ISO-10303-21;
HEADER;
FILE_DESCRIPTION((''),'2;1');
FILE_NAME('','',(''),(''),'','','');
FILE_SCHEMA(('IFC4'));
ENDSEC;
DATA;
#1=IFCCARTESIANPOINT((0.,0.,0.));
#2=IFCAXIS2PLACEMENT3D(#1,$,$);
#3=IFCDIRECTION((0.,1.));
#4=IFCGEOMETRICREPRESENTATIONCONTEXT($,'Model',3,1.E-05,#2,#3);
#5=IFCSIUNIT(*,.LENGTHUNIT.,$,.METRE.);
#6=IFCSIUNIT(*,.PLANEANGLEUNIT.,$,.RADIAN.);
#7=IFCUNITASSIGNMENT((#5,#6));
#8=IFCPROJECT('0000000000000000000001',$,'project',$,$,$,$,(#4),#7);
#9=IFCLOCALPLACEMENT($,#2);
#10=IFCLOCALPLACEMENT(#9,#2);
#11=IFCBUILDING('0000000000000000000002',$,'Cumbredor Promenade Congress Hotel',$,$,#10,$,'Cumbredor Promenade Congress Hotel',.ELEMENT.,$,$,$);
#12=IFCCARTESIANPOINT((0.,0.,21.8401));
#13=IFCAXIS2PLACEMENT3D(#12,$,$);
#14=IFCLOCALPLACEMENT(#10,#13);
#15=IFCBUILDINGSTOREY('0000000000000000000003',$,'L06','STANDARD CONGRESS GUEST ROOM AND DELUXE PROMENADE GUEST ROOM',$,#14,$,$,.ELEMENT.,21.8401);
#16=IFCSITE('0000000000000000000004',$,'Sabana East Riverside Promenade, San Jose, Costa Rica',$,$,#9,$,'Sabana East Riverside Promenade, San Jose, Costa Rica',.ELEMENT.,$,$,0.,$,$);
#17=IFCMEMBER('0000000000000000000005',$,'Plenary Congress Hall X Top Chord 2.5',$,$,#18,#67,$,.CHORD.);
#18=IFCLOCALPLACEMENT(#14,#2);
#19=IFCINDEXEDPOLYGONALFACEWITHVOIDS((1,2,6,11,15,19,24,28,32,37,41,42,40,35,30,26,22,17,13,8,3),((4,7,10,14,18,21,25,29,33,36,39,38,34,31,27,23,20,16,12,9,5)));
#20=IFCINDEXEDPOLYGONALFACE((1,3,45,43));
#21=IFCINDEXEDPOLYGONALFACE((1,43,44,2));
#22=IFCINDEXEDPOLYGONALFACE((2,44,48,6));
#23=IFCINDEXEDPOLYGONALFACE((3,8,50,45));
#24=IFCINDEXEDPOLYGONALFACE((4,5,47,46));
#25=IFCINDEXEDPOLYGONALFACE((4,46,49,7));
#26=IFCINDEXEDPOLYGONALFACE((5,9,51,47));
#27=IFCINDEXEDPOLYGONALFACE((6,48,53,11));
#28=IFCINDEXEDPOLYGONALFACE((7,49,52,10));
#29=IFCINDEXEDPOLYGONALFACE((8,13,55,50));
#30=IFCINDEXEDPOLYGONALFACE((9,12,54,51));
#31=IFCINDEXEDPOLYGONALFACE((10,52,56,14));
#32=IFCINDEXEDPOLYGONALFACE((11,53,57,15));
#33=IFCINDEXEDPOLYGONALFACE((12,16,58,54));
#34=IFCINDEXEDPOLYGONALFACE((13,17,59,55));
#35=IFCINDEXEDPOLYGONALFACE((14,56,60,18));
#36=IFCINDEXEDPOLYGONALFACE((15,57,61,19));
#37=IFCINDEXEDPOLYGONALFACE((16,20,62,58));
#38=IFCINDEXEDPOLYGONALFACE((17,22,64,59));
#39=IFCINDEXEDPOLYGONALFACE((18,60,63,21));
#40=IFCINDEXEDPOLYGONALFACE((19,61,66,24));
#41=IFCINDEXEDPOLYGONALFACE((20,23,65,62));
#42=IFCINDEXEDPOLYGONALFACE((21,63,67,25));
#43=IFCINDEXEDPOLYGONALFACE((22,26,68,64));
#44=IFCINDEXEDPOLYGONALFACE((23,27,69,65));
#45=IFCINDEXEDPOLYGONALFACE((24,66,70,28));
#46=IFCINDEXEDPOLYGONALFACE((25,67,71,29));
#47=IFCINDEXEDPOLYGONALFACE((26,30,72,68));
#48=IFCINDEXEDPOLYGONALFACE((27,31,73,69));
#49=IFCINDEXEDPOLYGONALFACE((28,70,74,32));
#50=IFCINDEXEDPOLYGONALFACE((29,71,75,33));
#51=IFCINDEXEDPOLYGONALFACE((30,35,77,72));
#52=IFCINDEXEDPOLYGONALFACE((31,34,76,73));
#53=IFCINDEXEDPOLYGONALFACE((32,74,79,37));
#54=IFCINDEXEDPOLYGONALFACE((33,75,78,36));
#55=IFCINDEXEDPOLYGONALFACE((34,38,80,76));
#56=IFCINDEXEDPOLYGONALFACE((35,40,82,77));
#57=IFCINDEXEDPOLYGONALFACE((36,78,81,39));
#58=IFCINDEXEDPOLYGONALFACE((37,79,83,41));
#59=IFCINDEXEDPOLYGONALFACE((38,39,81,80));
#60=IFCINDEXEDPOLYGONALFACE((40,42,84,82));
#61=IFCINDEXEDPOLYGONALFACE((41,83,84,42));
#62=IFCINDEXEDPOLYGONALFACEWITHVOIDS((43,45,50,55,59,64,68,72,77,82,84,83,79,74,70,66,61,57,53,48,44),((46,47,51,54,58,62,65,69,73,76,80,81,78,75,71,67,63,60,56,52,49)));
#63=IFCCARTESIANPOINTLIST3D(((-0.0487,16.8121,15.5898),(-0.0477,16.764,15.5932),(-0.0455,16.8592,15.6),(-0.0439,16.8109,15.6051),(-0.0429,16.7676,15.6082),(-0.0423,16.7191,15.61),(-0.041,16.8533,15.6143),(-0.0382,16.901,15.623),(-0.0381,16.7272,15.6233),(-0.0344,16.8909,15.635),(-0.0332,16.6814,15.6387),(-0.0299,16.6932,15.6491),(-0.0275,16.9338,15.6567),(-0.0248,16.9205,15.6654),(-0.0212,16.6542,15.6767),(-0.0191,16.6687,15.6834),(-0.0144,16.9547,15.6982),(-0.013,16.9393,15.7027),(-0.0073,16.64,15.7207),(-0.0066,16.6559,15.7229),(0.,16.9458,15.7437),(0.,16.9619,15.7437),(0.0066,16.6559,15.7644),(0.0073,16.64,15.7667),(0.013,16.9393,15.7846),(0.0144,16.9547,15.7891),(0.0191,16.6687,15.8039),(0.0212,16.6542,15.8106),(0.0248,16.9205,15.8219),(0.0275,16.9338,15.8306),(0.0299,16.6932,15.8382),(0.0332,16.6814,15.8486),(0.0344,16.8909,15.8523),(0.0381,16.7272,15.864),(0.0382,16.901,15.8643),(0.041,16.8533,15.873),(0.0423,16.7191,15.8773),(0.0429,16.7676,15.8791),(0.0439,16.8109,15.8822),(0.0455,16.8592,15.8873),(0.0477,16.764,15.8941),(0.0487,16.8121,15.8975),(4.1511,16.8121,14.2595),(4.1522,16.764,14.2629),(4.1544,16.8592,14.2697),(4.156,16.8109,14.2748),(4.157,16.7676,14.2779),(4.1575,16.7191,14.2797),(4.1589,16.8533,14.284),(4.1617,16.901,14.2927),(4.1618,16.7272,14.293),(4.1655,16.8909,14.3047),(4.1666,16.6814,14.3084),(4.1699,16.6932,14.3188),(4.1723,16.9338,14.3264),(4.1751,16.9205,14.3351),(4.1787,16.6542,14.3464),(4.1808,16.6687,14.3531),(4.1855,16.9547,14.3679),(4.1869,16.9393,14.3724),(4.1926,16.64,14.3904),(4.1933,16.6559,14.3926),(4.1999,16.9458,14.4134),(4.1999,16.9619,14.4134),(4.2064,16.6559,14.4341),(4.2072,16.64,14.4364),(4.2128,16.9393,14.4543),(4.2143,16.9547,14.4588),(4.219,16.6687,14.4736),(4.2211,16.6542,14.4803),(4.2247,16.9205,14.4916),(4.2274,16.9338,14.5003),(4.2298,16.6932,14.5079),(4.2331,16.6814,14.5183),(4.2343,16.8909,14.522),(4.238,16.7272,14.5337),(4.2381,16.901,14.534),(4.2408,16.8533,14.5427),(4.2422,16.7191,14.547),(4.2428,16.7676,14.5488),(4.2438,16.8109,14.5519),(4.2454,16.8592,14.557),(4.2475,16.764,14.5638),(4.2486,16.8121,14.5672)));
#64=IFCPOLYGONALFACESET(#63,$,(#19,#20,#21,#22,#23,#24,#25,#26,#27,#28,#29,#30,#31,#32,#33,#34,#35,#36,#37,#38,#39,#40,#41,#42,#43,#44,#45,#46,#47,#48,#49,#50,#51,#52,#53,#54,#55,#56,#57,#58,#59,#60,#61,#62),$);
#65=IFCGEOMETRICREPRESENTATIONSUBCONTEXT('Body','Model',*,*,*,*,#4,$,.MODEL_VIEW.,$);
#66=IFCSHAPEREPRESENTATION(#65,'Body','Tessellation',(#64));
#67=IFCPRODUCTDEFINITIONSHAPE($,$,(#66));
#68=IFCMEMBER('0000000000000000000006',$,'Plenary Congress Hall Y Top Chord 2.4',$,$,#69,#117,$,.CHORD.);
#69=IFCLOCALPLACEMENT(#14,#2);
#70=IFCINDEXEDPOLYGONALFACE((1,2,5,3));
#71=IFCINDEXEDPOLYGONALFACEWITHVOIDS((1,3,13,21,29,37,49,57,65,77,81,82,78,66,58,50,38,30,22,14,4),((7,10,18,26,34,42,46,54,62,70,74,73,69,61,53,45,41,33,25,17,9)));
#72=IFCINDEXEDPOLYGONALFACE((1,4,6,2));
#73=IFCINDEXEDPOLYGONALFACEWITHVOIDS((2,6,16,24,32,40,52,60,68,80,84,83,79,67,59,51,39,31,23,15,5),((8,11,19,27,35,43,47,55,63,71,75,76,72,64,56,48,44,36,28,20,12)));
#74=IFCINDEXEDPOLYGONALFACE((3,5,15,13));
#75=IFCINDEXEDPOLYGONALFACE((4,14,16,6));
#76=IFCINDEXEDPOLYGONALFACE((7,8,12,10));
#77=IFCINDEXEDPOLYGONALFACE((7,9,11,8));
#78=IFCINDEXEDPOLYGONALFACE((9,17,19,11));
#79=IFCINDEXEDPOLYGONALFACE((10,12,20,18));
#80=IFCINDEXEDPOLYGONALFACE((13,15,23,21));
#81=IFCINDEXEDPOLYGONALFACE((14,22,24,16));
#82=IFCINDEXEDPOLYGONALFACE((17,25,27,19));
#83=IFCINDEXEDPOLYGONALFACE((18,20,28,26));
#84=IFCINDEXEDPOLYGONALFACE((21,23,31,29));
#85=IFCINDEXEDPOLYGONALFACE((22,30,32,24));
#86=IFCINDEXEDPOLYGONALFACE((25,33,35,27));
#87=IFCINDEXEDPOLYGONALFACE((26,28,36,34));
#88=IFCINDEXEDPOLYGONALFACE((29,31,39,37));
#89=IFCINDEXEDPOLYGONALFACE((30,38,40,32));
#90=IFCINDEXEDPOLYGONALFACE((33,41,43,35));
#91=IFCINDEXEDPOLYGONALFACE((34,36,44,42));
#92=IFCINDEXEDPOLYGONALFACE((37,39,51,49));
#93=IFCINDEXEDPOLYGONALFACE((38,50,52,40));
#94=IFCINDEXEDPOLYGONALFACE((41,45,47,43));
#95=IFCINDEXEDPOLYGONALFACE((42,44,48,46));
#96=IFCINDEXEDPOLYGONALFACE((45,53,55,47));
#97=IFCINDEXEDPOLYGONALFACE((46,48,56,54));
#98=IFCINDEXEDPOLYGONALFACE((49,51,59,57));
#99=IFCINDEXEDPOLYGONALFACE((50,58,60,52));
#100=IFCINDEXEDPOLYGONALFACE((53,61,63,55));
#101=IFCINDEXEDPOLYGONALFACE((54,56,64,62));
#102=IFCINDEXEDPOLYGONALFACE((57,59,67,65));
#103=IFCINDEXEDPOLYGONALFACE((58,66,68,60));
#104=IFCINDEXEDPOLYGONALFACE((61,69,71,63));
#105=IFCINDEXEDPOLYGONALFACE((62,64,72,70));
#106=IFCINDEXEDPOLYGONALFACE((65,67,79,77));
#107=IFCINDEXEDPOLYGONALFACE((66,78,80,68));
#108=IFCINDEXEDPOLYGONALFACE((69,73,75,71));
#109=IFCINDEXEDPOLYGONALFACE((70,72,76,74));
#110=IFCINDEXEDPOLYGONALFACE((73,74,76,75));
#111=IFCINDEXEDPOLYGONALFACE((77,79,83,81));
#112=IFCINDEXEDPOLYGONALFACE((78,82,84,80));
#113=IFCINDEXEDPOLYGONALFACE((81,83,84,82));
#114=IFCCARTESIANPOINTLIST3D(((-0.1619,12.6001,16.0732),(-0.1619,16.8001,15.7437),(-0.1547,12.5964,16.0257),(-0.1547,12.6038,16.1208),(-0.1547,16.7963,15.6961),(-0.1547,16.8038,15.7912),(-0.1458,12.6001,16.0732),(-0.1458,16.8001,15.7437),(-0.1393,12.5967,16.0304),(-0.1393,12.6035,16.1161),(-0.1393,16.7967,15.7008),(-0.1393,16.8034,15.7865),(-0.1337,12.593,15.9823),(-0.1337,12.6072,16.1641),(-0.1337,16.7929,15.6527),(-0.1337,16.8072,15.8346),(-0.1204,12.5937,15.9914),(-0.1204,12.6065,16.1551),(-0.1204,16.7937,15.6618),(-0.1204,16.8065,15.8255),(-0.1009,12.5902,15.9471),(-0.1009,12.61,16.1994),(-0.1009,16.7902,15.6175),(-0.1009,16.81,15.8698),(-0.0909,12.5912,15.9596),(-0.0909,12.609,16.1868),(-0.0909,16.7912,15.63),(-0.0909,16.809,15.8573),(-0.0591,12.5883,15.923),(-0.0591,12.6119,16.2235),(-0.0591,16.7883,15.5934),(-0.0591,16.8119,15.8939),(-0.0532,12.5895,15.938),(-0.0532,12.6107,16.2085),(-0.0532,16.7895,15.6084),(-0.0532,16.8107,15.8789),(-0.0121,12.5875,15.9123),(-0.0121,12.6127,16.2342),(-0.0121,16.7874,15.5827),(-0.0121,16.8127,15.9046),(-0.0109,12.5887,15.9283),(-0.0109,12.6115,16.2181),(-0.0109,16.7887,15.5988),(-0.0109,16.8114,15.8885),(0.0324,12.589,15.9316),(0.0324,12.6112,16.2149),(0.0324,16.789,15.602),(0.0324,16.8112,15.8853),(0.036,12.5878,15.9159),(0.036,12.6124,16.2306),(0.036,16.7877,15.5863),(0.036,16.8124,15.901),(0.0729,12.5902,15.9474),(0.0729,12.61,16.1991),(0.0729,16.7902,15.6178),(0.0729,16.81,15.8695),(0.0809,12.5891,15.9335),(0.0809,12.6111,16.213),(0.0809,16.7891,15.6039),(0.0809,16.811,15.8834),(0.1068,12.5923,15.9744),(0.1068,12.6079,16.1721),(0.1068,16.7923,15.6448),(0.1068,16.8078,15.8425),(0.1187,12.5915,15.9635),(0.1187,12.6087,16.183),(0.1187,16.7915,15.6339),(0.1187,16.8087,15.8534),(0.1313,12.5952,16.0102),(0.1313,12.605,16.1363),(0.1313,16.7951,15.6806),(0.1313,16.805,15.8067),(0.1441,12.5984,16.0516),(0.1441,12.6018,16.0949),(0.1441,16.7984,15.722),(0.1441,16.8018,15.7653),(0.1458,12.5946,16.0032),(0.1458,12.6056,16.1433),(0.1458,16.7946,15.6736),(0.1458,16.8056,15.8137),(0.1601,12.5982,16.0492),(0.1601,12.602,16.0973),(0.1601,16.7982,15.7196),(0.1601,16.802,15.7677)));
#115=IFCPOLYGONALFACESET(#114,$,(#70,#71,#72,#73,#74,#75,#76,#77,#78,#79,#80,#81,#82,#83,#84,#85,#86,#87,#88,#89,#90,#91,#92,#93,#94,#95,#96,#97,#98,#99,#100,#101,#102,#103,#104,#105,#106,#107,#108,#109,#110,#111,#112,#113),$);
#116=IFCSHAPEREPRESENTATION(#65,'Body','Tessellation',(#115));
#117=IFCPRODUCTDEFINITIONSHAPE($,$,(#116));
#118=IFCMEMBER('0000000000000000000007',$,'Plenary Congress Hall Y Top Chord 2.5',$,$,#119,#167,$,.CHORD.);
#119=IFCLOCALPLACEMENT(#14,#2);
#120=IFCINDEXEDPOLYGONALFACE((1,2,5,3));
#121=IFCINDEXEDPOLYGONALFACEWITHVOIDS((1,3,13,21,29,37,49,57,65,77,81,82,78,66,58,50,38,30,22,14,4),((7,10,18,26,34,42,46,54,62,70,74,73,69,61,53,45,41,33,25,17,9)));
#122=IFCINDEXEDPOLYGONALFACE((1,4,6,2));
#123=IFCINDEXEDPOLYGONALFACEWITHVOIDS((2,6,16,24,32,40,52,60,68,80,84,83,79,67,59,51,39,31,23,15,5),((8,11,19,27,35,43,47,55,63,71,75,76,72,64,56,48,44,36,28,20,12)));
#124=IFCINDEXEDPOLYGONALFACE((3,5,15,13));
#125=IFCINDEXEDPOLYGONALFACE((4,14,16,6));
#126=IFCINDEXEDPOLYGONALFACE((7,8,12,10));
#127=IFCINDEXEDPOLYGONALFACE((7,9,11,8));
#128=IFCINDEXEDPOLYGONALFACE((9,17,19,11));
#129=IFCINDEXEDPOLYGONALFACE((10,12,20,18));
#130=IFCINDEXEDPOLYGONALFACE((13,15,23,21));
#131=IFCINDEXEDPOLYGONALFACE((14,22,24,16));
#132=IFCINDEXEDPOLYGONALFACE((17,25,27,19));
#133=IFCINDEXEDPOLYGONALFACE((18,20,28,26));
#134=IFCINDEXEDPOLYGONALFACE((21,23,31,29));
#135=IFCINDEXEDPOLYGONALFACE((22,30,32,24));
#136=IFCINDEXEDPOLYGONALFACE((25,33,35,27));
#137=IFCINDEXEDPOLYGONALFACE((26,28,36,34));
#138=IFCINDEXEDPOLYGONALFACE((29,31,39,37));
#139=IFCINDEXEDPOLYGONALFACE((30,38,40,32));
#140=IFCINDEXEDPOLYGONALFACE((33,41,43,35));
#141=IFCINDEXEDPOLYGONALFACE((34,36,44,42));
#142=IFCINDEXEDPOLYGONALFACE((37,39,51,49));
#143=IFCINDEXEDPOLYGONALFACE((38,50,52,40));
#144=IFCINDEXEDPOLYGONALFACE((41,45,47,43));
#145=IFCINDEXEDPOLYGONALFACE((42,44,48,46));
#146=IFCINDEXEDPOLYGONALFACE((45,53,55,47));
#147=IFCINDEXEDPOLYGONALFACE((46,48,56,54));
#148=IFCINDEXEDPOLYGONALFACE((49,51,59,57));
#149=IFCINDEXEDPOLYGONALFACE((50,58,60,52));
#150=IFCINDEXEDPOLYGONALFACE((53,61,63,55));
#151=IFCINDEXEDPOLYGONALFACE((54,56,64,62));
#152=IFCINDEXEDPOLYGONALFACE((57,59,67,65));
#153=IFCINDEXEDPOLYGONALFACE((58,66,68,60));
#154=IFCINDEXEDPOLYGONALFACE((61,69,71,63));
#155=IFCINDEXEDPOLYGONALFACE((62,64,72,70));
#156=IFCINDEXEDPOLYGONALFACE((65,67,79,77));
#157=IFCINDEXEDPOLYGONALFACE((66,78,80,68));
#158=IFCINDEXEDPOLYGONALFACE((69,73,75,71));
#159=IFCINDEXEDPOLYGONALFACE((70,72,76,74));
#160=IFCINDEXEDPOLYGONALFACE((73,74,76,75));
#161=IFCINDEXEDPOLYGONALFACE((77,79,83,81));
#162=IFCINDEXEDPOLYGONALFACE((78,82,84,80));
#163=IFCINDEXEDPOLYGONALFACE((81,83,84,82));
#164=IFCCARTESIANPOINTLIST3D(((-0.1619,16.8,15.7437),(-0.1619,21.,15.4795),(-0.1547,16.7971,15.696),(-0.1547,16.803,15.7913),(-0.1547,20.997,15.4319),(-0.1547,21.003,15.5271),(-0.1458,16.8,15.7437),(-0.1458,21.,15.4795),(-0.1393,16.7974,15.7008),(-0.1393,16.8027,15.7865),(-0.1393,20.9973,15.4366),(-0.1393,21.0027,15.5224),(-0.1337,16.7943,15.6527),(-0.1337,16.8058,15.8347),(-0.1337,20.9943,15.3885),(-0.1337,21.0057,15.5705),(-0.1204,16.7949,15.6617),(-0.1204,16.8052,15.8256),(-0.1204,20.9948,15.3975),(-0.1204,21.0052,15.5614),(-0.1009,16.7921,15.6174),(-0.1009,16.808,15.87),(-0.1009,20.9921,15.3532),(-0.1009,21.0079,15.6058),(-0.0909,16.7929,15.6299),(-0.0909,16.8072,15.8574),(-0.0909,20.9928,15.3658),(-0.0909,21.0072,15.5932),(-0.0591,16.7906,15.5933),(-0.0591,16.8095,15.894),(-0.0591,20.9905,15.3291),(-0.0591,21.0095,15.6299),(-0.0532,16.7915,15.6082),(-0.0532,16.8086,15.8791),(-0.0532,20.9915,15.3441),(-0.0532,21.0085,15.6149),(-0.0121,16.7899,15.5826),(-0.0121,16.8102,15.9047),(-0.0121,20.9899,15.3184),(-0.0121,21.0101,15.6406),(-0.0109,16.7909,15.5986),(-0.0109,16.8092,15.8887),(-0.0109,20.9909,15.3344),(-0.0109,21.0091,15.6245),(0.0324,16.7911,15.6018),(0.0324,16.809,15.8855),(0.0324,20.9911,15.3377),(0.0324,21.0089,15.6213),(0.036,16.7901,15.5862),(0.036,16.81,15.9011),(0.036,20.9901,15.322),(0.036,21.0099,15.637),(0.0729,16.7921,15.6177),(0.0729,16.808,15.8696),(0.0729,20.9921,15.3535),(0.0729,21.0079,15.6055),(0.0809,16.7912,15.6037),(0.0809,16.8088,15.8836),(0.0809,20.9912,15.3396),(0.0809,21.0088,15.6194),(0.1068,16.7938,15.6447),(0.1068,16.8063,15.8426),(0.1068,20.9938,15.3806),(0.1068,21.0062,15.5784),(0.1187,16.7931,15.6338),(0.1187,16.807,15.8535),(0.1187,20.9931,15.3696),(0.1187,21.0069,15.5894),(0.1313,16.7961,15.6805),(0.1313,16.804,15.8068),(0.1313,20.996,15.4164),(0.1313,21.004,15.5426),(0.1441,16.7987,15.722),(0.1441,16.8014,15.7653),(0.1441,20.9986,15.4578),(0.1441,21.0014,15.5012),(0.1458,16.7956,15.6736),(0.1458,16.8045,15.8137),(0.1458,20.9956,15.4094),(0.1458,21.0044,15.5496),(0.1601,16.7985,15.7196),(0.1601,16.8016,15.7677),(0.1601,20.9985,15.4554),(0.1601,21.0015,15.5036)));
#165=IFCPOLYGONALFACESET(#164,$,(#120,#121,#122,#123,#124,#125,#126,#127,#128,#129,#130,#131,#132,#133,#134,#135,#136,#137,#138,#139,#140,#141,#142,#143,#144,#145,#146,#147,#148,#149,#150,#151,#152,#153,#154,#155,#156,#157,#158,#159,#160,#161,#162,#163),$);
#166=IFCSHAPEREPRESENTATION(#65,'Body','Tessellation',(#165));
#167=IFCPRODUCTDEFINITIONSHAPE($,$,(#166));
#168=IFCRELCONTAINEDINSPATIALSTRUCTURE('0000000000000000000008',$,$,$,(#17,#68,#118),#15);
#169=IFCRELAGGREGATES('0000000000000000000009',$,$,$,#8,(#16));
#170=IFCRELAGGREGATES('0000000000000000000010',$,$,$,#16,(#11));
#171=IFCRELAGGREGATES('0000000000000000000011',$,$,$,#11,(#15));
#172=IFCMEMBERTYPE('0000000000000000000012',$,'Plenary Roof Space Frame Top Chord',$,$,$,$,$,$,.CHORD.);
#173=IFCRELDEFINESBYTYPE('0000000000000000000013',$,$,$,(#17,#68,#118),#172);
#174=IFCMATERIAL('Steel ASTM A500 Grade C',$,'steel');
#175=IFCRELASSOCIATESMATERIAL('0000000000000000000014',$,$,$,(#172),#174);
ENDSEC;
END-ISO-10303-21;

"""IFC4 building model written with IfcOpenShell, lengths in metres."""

from ifc_helpers import new_model, si_unit, direction, frame, origin, origin_2d, place, context, subcontext, project, spatial, hollow_circle, extrude, material, material_profile, profile_set, type_object, element, save


model = new_model("IFC4")

# Units and contexts
model_context = context("Model", 3, precision=1e-05, world=origin(), true_north=direction((0.0, 1.0)))
body_context = subcontext(model_context, "Body", "Model", "MODEL_VIEW")
ifc_project = project(units=[si_unit("LENGTHUNIT", "METRE"), si_unit("PLANEANGLEUNIT", "RADIAN")], contexts=[model_context])

# Site, building, storey
site_placement = place(None, origin())
site = spatial("IfcSite", under=ifc_project, at=site_placement, Name="Sabana East Riverside Promenade, San Jose, Costa Rica", LongName="Sabana East Riverside Promenade, San Jose, Costa Rica", CompositionType="ELEMENT", RefElevation=0.0)
building_placement = place(site_placement, origin())
building = spatial("IfcBuilding", under=site, at=building_placement, Name="Cumbredor Promenade Congress Hotel", LongName="Cumbredor Promenade Congress Hotel", CompositionType="ELEMENT")
storey_placement = place(building_placement, frame((0.0, 0.0, 21.8401)))
storey = spatial("IfcBuildingStorey", under=building, at=storey_placement, Name="L06", Description="STANDARD CONGRESS GUEST ROOM AND DELUXE PROMENADE GUEST ROOM", CompositionType="ELEMENT", Elevation=21.8401)

# Members
ifc_material_1 = material(Name="Steel ASTM A500 Grade C", Category="steel")
ifc_material_profile_1 = material_profile(ifc_material_1, hollow_circle(Radius=0.1619, WallThickness=0.0161, at=origin_2d()), Name="CHS 323.9x16")
ifc_profile_set_1 = profile_set([ifc_material_profile_1], Name="Steel ASTM A500 Grade C")
member_type_1 = type_object("IfcMemberType", Name="Plenary Roof Space Frame Top Chord", PredefinedType="CHORD", material=ifc_profile_set_1)
member_1_placement = place(storey_placement, frame((0.0, 16.8, 15.7437), z_axis=(0.95332, 0.0, -0.301961), x_axis=(0.0, 1.0, 0.0)))
element("IfcMember", 1, at=member_1_placement, inside=storey, type_object=member_type_1, Name="Plenary Congress Hall X Top Chord 2.5", PredefinedType="CHORD", context=body_context, shape_type="SweptSolid", body=[
    extrude(hollow_circle(Radius=0.1619, WallThickness=0.0161, at=origin_2d()), origin(), (0.0, 0.0, 1.0), 4.4055),
])
member_2_placement = place(storey_placement, frame((0.0, 12.6001, 16.0732), z_axis=(0.0, 0.996935, -0.078234), x_axis=(-1.0, 0.0, 0.0)))
element("IfcMember", 2, at=member_2_placement, inside=storey, type_object=member_type_1, Name="Plenary Congress Hall Y Top Chord 2.4", PredefinedType="CHORD", context=body_context, shape_type="SweptSolid", body=[
    extrude(hollow_circle(Radius=0.1619, WallThickness=0.0161, at=origin_2d()), origin(), (0.0, 0.0, 1.0), 4.2129),
])
member_3_placement = place(storey_placement, frame((0.0, 16.8, 15.7437), z_axis=(0.0, 0.998028, -0.062772), x_axis=(-1.0, 0.0, 0.0)))
element("IfcMember", 3, at=member_3_placement, inside=storey, type_object=member_type_1, Name="Plenary Congress Hall Y Top Chord 2.5", PredefinedType="CHORD", context=body_context, shape_type="SweptSolid", body=[
    extrude(hollow_circle(Radius=0.1619, WallThickness=0.0161, at=origin_2d()), origin(), (0.0, 0.0, 1.0), 4.2083),
])

save(model, "model.ifc")
